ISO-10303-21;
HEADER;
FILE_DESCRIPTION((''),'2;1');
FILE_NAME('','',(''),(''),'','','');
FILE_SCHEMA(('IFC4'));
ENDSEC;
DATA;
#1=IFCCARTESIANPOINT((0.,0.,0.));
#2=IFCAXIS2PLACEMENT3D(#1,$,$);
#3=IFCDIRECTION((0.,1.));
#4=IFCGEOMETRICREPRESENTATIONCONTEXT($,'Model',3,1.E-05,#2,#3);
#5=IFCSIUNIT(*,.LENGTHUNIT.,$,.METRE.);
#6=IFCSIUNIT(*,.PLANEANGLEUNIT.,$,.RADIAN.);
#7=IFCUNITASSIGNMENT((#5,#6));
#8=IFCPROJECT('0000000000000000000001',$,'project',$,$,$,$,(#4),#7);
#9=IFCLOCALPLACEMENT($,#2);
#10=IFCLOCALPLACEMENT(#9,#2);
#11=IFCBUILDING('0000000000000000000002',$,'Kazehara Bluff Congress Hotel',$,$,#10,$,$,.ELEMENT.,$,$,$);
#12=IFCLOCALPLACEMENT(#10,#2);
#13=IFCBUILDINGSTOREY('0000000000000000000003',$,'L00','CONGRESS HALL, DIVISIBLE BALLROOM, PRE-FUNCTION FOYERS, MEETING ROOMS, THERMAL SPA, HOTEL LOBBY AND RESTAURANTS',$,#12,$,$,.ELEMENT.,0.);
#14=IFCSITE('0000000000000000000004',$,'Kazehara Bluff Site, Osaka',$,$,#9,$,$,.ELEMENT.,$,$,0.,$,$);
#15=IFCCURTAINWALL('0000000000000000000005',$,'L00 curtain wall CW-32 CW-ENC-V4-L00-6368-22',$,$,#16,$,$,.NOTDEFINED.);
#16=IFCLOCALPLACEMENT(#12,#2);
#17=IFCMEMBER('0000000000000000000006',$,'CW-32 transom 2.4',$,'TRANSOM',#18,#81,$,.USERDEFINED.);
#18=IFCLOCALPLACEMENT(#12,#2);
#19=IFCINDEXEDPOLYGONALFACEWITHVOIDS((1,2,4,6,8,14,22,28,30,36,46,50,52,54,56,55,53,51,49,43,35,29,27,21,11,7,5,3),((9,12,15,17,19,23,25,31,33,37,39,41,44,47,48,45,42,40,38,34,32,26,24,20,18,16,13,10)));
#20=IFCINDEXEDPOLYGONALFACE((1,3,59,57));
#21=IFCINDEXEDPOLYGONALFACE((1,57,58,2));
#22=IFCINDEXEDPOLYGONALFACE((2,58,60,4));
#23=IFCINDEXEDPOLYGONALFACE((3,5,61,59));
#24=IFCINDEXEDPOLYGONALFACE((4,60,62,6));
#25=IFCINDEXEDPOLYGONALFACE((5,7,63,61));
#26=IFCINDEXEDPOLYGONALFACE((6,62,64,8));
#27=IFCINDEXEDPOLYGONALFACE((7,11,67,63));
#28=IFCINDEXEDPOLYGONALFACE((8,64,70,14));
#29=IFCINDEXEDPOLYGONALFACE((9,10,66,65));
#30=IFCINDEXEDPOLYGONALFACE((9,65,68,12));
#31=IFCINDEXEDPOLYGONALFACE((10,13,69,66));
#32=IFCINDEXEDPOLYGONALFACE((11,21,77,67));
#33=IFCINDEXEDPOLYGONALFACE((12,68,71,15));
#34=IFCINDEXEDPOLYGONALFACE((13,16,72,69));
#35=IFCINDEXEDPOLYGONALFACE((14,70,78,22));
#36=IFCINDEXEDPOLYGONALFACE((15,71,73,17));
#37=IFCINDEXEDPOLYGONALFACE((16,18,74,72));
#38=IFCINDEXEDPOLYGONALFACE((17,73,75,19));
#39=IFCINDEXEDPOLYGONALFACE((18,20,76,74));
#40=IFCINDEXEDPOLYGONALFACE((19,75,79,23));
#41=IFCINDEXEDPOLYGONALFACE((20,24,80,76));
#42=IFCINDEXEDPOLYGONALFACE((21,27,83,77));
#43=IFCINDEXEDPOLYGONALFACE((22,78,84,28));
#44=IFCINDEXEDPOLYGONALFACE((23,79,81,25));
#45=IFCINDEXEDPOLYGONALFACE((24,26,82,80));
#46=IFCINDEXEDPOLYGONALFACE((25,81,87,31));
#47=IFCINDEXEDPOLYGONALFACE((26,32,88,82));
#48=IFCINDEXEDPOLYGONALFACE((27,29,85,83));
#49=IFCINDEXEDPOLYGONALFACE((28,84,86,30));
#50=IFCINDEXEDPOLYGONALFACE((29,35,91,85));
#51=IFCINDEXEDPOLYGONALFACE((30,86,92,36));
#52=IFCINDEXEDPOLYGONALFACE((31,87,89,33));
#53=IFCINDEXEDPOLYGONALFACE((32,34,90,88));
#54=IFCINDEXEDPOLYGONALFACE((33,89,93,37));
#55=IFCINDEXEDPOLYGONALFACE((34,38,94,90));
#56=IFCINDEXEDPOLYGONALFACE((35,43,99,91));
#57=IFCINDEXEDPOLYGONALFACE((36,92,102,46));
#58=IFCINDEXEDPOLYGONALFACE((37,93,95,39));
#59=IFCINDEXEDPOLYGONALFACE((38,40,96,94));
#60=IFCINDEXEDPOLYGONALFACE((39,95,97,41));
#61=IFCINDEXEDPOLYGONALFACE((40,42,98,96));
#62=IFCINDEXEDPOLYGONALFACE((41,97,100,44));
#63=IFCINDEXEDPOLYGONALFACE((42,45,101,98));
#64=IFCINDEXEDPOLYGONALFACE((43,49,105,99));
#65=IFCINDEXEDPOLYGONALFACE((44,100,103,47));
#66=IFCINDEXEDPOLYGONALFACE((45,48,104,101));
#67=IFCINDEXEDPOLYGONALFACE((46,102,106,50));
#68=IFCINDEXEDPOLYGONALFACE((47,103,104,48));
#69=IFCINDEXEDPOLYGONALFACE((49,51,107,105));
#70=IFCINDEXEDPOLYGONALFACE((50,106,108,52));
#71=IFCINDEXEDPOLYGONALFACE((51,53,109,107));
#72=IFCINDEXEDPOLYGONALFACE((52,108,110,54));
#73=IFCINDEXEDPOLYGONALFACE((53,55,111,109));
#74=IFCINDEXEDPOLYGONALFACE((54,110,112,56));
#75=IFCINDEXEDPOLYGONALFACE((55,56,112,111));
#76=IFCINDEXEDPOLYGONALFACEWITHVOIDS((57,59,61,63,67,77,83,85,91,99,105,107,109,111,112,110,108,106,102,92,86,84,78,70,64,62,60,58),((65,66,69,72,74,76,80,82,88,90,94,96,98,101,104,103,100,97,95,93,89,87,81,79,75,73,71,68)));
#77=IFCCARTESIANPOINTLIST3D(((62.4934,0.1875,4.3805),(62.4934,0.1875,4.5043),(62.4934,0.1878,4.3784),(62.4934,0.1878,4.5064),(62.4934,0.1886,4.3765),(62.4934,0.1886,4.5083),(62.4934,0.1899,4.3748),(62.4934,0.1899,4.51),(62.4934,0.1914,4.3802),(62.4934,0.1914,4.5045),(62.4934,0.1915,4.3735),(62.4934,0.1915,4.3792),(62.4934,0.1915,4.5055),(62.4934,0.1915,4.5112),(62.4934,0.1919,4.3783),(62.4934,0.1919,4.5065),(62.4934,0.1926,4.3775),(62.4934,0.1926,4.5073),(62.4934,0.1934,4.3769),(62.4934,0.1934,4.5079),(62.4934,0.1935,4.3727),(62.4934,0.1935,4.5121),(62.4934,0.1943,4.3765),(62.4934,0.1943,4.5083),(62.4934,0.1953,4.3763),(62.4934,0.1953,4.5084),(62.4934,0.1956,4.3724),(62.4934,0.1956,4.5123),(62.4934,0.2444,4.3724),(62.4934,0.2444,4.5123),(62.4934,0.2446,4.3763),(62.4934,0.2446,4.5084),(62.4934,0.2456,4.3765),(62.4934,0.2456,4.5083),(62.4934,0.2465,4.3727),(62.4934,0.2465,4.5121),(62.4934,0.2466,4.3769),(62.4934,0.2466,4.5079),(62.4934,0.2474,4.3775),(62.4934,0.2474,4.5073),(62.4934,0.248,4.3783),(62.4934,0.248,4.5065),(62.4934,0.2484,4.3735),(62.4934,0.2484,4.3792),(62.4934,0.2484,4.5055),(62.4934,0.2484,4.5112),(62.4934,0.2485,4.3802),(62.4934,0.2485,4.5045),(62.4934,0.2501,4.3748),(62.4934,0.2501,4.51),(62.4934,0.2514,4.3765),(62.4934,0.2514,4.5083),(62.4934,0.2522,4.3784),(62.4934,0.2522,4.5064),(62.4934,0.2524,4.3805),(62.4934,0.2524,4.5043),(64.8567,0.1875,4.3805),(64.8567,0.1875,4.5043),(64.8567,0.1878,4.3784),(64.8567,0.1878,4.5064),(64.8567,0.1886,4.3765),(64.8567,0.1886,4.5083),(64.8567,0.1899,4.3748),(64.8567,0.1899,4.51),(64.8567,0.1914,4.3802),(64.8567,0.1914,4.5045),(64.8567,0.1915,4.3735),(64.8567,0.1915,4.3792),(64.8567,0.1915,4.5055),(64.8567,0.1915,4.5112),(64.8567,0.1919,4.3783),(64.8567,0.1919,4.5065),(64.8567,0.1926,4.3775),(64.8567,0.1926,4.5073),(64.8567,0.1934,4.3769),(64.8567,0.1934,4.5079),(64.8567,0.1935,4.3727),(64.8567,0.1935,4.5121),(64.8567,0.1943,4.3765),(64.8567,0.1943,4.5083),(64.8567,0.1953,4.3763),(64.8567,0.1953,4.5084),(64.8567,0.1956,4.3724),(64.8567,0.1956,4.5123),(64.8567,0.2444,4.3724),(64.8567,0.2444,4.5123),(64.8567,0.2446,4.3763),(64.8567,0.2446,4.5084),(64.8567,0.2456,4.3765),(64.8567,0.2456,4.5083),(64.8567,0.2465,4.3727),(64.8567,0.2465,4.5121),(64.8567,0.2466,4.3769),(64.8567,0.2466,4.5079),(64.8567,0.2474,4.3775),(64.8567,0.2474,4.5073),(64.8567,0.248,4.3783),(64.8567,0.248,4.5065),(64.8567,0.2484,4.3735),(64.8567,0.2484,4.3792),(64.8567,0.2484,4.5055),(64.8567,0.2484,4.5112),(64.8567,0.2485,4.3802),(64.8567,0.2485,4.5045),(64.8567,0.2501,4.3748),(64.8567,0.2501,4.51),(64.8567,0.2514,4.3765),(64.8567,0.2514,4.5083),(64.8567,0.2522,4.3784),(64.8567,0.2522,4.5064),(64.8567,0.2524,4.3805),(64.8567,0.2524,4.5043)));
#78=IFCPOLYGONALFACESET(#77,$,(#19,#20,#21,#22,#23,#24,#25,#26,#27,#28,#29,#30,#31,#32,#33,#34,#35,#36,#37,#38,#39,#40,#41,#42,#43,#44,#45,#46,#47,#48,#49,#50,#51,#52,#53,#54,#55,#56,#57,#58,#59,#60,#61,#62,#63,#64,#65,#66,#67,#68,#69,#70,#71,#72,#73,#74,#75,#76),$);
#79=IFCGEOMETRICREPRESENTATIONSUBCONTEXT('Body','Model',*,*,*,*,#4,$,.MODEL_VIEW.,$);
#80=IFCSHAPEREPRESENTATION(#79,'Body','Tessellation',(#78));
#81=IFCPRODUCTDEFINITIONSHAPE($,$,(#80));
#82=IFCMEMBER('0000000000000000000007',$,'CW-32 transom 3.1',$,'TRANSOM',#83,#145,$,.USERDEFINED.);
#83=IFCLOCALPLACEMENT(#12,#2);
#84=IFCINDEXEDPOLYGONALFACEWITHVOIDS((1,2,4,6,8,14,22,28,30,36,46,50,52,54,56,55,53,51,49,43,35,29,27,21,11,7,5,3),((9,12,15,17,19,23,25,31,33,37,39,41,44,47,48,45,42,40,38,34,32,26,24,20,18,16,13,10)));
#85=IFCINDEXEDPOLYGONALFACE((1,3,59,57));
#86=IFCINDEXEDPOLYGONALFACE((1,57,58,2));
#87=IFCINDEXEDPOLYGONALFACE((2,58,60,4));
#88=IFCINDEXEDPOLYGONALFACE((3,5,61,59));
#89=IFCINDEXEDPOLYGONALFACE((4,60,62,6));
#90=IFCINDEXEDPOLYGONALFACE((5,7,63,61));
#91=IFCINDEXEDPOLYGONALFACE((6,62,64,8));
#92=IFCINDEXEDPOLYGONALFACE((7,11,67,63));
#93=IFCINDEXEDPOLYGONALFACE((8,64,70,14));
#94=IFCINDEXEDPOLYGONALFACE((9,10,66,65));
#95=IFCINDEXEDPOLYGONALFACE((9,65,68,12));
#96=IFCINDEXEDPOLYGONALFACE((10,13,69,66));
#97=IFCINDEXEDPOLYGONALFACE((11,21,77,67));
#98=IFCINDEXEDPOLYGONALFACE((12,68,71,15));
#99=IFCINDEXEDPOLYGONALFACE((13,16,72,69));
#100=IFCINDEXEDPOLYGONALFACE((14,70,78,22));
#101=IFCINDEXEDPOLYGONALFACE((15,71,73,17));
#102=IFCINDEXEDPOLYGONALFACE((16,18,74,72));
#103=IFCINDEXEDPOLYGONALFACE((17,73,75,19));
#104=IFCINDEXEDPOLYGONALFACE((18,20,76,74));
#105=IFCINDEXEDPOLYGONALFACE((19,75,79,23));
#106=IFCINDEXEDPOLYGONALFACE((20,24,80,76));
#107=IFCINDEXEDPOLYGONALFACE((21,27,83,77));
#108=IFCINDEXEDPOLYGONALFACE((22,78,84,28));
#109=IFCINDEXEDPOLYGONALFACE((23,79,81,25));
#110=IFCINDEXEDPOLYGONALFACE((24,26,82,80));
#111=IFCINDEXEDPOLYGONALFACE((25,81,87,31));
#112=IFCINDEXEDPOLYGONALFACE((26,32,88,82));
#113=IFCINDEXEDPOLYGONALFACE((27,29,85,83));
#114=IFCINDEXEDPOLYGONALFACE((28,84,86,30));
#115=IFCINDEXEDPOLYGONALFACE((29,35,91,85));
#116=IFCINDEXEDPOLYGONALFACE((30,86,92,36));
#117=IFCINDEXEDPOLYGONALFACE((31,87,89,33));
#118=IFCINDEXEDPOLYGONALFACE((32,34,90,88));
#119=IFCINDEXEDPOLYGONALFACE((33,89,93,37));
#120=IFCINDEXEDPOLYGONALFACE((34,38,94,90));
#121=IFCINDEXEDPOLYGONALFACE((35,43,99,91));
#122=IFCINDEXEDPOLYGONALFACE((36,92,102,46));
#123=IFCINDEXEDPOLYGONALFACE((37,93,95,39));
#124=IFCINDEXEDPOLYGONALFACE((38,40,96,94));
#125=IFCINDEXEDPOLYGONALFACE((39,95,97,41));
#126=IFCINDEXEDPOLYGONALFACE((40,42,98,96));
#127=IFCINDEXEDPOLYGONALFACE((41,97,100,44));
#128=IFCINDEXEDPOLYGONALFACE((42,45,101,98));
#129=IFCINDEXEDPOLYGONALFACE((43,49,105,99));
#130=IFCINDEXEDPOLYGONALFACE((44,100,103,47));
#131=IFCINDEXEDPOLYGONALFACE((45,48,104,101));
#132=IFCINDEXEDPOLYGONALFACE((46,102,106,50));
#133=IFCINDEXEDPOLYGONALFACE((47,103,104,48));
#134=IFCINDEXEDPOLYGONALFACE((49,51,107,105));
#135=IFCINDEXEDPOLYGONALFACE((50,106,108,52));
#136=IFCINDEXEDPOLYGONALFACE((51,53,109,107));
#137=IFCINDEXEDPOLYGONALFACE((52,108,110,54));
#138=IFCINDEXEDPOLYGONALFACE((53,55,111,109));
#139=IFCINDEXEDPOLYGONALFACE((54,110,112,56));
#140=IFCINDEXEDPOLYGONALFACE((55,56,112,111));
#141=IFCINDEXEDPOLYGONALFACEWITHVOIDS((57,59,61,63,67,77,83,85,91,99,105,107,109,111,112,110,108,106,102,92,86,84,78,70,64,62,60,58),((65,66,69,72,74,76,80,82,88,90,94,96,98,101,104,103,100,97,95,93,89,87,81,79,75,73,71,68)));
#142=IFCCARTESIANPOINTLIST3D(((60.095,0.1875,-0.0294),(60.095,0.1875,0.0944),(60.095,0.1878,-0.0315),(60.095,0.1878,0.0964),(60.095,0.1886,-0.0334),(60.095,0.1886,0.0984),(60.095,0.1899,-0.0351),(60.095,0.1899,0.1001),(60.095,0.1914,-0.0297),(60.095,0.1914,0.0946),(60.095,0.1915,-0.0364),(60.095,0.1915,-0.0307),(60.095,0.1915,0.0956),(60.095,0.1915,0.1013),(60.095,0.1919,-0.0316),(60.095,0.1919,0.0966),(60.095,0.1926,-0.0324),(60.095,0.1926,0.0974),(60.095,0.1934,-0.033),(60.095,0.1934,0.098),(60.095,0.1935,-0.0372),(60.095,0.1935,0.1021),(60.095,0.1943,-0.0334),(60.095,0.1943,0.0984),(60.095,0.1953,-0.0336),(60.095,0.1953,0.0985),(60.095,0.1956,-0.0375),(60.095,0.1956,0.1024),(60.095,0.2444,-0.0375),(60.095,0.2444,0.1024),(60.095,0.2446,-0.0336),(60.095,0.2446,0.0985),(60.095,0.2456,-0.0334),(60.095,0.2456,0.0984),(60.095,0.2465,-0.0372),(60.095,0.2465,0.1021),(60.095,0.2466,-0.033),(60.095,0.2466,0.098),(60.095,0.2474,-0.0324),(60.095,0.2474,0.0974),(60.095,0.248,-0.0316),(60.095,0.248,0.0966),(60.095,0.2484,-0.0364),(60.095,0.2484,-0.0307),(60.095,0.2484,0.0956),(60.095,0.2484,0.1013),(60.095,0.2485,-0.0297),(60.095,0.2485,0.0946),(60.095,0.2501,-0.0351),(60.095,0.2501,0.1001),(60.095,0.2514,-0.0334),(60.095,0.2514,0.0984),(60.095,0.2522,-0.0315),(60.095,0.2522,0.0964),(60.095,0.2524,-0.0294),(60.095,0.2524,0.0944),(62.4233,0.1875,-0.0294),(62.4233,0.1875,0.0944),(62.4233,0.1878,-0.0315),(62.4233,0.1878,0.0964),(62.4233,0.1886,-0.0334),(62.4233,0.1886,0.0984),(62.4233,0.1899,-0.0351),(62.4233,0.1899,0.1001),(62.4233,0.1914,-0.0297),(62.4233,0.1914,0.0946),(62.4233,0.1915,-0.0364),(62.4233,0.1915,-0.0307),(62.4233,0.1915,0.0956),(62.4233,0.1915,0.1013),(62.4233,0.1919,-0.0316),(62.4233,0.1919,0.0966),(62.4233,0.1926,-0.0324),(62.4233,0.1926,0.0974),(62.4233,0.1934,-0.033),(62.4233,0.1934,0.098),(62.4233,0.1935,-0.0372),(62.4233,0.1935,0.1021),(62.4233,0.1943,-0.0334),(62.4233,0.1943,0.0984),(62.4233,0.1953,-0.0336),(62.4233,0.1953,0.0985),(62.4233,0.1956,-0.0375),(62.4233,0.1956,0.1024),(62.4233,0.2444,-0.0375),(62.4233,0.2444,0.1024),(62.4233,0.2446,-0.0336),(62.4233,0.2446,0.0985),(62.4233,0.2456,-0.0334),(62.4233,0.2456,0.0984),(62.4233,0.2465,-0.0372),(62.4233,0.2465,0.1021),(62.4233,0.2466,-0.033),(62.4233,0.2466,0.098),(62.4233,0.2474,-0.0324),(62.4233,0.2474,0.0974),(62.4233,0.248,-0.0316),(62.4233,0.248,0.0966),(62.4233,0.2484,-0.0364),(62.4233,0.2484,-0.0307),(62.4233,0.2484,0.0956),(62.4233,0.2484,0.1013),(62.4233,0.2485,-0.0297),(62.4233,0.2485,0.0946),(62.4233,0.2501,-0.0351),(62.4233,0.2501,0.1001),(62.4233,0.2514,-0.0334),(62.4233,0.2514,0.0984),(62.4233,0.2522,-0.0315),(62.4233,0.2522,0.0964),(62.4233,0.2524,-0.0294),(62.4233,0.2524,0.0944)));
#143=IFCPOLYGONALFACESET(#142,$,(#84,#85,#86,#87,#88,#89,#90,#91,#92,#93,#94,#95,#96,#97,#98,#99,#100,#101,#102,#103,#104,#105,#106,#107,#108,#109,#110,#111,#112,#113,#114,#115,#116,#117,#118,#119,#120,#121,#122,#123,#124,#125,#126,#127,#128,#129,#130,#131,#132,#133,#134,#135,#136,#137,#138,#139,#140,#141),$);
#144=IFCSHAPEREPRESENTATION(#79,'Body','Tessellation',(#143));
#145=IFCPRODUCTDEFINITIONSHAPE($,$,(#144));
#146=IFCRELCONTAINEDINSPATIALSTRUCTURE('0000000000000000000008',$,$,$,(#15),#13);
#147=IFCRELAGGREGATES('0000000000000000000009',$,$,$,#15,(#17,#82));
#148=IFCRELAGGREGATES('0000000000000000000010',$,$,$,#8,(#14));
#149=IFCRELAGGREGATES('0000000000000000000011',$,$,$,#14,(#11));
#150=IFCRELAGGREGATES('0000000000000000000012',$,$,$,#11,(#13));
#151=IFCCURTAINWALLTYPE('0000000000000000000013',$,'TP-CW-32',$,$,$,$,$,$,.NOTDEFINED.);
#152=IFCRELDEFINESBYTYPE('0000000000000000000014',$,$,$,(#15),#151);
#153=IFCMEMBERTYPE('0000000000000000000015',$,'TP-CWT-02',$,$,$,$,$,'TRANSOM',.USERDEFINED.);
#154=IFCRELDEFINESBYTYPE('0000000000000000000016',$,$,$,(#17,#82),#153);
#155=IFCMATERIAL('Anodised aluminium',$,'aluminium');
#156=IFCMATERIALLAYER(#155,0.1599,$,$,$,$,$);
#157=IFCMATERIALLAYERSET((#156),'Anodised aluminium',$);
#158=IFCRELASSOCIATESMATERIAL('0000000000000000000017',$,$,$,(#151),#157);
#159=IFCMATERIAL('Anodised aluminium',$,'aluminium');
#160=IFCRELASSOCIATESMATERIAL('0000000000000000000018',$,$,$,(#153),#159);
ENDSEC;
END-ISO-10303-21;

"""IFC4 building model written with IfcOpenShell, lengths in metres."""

from ifc_helpers import new_model, si_unit, direction, frame, origin, origin_2d, place, context, subcontext, project, spatial, hollow_rectangle, extrude, material, layer, layer_set, material_profile, profile_set, type_object, element, aggregate, save


model = new_model("IFC4")

# Units and contexts
model_context = context("Model", 3, precision=1e-05, world=origin(), true_north=direction((0.0, 1.0)))
body_context = subcontext(model_context, "Body", "Model", "MODEL_VIEW")
ifc_project = project(units=[si_unit("LENGTHUNIT", "METRE"), si_unit("PLANEANGLEUNIT", "RADIAN")], contexts=[model_context])

# Site, building, storey
site_placement = place(None, origin())
site = spatial("IfcSite", under=ifc_project, at=site_placement, Name="Kazehara Bluff Site, Osaka", CompositionType="ELEMENT", RefElevation=0.0)
building_placement = place(site_placement, origin())
building = spatial("IfcBuilding", under=site, at=building_placement, Name="Kazehara Bluff Congress Hotel", CompositionType="ELEMENT")
storey_placement = place(building_placement, origin())
storey = spatial("IfcBuildingStorey", under=building, at=storey_placement, Name="L00", Description="CONGRESS HALL, DIVISIBLE BALLROOM, PRE-FUNCTION FOYERS, MEETING ROOMS, THERMAL SPA, HOTEL LOBBY AND RESTAURANTS", CompositionType="ELEMENT", Elevation=0.0)

# Curtain wall, members
ifc_material_1 = material(Name="Anodised aluminium", Category="aluminium")
ifc_layer_1 = layer(ifc_material_1, 0.1599)
ifc_layer_set_1 = layer_set([ifc_layer_1], Name="Anodised aluminium")
curtain_wall_type = type_object("IfcCurtainWallType", Name="TP-CW-32", PredefinedType="NOTDEFINED", material=ifc_layer_set_1)
curtain_wall_placement = place(storey_placement, origin())
curtain_wall = element("IfcCurtainWall", 1, at=curtain_wall_placement, inside=storey, type_object=curtain_wall_type, Name="L00 curtain wall CW-32 CW-ENC-V4-L00-6368-22", PredefinedType="NOTDEFINED")
ifc_material_2 = material(Name="Anodised aluminium", Category="aluminium")
ifc_material_profile_1 = material_profile(ifc_material_2, hollow_rectangle(XDim=0.0649, YDim=0.1399, WallThickness=0.0039, InnerFilletRadius=0.0039, OuterFilletRadius=0.0081, at=origin_2d()))
ifc_profile_set_1 = profile_set([ifc_material_profile_1], Name="Anodised aluminium")
member_type_1 = type_object("IfcMemberType", Name="TP-CWT-02", ElementType="TRANSOM", PredefinedType="USERDEFINED", material=ifc_profile_set_1)
member_1_placement = place(storey_placement, frame((64.8567, 0.22, 4.4424), z_axis=(-1.0, 0.0, 0.0), x_axis=(0.0, -1.0, 0.0)))
member_1 = element("IfcMember", 2, at=member_1_placement, type_object=member_type_1, Name="CW-32 transom 2.4", ObjectType="TRANSOM", PredefinedType="USERDEFINED", context=body_context, shape_type="SweptSolid", body=[
    extrude(hollow_rectangle(XDim=0.0649, YDim=0.1399, WallThickness=0.0039, InnerFilletRadius=0.0039, OuterFilletRadius=0.0081, at=origin_2d()), origin(), (0.0, 0.0, 1.0), 2.3633),
])
member_2_placement = place(storey_placement, frame((62.4233, 0.22, 0.0325), z_axis=(-1.0, 0.0, 0.0), x_axis=(0.0, -1.0, 0.0)))
member_2 = element("IfcMember", 3, at=member_2_placement, type_object=member_type_1, Name="CW-32 transom 3.1", ObjectType="TRANSOM", PredefinedType="USERDEFINED", context=body_context, shape_type="SweptSolid", body=[
    extrude(hollow_rectangle(XDim=0.0649, YDim=0.1399, WallThickness=0.0039, InnerFilletRadius=0.0039, OuterFilletRadius=0.0081, at=origin_2d()), origin(), (0.0, 0.0, 1.0), 2.3284),
])
aggregate(curtain_wall, [member_1, member_2])

save(model, "model.ifc")
